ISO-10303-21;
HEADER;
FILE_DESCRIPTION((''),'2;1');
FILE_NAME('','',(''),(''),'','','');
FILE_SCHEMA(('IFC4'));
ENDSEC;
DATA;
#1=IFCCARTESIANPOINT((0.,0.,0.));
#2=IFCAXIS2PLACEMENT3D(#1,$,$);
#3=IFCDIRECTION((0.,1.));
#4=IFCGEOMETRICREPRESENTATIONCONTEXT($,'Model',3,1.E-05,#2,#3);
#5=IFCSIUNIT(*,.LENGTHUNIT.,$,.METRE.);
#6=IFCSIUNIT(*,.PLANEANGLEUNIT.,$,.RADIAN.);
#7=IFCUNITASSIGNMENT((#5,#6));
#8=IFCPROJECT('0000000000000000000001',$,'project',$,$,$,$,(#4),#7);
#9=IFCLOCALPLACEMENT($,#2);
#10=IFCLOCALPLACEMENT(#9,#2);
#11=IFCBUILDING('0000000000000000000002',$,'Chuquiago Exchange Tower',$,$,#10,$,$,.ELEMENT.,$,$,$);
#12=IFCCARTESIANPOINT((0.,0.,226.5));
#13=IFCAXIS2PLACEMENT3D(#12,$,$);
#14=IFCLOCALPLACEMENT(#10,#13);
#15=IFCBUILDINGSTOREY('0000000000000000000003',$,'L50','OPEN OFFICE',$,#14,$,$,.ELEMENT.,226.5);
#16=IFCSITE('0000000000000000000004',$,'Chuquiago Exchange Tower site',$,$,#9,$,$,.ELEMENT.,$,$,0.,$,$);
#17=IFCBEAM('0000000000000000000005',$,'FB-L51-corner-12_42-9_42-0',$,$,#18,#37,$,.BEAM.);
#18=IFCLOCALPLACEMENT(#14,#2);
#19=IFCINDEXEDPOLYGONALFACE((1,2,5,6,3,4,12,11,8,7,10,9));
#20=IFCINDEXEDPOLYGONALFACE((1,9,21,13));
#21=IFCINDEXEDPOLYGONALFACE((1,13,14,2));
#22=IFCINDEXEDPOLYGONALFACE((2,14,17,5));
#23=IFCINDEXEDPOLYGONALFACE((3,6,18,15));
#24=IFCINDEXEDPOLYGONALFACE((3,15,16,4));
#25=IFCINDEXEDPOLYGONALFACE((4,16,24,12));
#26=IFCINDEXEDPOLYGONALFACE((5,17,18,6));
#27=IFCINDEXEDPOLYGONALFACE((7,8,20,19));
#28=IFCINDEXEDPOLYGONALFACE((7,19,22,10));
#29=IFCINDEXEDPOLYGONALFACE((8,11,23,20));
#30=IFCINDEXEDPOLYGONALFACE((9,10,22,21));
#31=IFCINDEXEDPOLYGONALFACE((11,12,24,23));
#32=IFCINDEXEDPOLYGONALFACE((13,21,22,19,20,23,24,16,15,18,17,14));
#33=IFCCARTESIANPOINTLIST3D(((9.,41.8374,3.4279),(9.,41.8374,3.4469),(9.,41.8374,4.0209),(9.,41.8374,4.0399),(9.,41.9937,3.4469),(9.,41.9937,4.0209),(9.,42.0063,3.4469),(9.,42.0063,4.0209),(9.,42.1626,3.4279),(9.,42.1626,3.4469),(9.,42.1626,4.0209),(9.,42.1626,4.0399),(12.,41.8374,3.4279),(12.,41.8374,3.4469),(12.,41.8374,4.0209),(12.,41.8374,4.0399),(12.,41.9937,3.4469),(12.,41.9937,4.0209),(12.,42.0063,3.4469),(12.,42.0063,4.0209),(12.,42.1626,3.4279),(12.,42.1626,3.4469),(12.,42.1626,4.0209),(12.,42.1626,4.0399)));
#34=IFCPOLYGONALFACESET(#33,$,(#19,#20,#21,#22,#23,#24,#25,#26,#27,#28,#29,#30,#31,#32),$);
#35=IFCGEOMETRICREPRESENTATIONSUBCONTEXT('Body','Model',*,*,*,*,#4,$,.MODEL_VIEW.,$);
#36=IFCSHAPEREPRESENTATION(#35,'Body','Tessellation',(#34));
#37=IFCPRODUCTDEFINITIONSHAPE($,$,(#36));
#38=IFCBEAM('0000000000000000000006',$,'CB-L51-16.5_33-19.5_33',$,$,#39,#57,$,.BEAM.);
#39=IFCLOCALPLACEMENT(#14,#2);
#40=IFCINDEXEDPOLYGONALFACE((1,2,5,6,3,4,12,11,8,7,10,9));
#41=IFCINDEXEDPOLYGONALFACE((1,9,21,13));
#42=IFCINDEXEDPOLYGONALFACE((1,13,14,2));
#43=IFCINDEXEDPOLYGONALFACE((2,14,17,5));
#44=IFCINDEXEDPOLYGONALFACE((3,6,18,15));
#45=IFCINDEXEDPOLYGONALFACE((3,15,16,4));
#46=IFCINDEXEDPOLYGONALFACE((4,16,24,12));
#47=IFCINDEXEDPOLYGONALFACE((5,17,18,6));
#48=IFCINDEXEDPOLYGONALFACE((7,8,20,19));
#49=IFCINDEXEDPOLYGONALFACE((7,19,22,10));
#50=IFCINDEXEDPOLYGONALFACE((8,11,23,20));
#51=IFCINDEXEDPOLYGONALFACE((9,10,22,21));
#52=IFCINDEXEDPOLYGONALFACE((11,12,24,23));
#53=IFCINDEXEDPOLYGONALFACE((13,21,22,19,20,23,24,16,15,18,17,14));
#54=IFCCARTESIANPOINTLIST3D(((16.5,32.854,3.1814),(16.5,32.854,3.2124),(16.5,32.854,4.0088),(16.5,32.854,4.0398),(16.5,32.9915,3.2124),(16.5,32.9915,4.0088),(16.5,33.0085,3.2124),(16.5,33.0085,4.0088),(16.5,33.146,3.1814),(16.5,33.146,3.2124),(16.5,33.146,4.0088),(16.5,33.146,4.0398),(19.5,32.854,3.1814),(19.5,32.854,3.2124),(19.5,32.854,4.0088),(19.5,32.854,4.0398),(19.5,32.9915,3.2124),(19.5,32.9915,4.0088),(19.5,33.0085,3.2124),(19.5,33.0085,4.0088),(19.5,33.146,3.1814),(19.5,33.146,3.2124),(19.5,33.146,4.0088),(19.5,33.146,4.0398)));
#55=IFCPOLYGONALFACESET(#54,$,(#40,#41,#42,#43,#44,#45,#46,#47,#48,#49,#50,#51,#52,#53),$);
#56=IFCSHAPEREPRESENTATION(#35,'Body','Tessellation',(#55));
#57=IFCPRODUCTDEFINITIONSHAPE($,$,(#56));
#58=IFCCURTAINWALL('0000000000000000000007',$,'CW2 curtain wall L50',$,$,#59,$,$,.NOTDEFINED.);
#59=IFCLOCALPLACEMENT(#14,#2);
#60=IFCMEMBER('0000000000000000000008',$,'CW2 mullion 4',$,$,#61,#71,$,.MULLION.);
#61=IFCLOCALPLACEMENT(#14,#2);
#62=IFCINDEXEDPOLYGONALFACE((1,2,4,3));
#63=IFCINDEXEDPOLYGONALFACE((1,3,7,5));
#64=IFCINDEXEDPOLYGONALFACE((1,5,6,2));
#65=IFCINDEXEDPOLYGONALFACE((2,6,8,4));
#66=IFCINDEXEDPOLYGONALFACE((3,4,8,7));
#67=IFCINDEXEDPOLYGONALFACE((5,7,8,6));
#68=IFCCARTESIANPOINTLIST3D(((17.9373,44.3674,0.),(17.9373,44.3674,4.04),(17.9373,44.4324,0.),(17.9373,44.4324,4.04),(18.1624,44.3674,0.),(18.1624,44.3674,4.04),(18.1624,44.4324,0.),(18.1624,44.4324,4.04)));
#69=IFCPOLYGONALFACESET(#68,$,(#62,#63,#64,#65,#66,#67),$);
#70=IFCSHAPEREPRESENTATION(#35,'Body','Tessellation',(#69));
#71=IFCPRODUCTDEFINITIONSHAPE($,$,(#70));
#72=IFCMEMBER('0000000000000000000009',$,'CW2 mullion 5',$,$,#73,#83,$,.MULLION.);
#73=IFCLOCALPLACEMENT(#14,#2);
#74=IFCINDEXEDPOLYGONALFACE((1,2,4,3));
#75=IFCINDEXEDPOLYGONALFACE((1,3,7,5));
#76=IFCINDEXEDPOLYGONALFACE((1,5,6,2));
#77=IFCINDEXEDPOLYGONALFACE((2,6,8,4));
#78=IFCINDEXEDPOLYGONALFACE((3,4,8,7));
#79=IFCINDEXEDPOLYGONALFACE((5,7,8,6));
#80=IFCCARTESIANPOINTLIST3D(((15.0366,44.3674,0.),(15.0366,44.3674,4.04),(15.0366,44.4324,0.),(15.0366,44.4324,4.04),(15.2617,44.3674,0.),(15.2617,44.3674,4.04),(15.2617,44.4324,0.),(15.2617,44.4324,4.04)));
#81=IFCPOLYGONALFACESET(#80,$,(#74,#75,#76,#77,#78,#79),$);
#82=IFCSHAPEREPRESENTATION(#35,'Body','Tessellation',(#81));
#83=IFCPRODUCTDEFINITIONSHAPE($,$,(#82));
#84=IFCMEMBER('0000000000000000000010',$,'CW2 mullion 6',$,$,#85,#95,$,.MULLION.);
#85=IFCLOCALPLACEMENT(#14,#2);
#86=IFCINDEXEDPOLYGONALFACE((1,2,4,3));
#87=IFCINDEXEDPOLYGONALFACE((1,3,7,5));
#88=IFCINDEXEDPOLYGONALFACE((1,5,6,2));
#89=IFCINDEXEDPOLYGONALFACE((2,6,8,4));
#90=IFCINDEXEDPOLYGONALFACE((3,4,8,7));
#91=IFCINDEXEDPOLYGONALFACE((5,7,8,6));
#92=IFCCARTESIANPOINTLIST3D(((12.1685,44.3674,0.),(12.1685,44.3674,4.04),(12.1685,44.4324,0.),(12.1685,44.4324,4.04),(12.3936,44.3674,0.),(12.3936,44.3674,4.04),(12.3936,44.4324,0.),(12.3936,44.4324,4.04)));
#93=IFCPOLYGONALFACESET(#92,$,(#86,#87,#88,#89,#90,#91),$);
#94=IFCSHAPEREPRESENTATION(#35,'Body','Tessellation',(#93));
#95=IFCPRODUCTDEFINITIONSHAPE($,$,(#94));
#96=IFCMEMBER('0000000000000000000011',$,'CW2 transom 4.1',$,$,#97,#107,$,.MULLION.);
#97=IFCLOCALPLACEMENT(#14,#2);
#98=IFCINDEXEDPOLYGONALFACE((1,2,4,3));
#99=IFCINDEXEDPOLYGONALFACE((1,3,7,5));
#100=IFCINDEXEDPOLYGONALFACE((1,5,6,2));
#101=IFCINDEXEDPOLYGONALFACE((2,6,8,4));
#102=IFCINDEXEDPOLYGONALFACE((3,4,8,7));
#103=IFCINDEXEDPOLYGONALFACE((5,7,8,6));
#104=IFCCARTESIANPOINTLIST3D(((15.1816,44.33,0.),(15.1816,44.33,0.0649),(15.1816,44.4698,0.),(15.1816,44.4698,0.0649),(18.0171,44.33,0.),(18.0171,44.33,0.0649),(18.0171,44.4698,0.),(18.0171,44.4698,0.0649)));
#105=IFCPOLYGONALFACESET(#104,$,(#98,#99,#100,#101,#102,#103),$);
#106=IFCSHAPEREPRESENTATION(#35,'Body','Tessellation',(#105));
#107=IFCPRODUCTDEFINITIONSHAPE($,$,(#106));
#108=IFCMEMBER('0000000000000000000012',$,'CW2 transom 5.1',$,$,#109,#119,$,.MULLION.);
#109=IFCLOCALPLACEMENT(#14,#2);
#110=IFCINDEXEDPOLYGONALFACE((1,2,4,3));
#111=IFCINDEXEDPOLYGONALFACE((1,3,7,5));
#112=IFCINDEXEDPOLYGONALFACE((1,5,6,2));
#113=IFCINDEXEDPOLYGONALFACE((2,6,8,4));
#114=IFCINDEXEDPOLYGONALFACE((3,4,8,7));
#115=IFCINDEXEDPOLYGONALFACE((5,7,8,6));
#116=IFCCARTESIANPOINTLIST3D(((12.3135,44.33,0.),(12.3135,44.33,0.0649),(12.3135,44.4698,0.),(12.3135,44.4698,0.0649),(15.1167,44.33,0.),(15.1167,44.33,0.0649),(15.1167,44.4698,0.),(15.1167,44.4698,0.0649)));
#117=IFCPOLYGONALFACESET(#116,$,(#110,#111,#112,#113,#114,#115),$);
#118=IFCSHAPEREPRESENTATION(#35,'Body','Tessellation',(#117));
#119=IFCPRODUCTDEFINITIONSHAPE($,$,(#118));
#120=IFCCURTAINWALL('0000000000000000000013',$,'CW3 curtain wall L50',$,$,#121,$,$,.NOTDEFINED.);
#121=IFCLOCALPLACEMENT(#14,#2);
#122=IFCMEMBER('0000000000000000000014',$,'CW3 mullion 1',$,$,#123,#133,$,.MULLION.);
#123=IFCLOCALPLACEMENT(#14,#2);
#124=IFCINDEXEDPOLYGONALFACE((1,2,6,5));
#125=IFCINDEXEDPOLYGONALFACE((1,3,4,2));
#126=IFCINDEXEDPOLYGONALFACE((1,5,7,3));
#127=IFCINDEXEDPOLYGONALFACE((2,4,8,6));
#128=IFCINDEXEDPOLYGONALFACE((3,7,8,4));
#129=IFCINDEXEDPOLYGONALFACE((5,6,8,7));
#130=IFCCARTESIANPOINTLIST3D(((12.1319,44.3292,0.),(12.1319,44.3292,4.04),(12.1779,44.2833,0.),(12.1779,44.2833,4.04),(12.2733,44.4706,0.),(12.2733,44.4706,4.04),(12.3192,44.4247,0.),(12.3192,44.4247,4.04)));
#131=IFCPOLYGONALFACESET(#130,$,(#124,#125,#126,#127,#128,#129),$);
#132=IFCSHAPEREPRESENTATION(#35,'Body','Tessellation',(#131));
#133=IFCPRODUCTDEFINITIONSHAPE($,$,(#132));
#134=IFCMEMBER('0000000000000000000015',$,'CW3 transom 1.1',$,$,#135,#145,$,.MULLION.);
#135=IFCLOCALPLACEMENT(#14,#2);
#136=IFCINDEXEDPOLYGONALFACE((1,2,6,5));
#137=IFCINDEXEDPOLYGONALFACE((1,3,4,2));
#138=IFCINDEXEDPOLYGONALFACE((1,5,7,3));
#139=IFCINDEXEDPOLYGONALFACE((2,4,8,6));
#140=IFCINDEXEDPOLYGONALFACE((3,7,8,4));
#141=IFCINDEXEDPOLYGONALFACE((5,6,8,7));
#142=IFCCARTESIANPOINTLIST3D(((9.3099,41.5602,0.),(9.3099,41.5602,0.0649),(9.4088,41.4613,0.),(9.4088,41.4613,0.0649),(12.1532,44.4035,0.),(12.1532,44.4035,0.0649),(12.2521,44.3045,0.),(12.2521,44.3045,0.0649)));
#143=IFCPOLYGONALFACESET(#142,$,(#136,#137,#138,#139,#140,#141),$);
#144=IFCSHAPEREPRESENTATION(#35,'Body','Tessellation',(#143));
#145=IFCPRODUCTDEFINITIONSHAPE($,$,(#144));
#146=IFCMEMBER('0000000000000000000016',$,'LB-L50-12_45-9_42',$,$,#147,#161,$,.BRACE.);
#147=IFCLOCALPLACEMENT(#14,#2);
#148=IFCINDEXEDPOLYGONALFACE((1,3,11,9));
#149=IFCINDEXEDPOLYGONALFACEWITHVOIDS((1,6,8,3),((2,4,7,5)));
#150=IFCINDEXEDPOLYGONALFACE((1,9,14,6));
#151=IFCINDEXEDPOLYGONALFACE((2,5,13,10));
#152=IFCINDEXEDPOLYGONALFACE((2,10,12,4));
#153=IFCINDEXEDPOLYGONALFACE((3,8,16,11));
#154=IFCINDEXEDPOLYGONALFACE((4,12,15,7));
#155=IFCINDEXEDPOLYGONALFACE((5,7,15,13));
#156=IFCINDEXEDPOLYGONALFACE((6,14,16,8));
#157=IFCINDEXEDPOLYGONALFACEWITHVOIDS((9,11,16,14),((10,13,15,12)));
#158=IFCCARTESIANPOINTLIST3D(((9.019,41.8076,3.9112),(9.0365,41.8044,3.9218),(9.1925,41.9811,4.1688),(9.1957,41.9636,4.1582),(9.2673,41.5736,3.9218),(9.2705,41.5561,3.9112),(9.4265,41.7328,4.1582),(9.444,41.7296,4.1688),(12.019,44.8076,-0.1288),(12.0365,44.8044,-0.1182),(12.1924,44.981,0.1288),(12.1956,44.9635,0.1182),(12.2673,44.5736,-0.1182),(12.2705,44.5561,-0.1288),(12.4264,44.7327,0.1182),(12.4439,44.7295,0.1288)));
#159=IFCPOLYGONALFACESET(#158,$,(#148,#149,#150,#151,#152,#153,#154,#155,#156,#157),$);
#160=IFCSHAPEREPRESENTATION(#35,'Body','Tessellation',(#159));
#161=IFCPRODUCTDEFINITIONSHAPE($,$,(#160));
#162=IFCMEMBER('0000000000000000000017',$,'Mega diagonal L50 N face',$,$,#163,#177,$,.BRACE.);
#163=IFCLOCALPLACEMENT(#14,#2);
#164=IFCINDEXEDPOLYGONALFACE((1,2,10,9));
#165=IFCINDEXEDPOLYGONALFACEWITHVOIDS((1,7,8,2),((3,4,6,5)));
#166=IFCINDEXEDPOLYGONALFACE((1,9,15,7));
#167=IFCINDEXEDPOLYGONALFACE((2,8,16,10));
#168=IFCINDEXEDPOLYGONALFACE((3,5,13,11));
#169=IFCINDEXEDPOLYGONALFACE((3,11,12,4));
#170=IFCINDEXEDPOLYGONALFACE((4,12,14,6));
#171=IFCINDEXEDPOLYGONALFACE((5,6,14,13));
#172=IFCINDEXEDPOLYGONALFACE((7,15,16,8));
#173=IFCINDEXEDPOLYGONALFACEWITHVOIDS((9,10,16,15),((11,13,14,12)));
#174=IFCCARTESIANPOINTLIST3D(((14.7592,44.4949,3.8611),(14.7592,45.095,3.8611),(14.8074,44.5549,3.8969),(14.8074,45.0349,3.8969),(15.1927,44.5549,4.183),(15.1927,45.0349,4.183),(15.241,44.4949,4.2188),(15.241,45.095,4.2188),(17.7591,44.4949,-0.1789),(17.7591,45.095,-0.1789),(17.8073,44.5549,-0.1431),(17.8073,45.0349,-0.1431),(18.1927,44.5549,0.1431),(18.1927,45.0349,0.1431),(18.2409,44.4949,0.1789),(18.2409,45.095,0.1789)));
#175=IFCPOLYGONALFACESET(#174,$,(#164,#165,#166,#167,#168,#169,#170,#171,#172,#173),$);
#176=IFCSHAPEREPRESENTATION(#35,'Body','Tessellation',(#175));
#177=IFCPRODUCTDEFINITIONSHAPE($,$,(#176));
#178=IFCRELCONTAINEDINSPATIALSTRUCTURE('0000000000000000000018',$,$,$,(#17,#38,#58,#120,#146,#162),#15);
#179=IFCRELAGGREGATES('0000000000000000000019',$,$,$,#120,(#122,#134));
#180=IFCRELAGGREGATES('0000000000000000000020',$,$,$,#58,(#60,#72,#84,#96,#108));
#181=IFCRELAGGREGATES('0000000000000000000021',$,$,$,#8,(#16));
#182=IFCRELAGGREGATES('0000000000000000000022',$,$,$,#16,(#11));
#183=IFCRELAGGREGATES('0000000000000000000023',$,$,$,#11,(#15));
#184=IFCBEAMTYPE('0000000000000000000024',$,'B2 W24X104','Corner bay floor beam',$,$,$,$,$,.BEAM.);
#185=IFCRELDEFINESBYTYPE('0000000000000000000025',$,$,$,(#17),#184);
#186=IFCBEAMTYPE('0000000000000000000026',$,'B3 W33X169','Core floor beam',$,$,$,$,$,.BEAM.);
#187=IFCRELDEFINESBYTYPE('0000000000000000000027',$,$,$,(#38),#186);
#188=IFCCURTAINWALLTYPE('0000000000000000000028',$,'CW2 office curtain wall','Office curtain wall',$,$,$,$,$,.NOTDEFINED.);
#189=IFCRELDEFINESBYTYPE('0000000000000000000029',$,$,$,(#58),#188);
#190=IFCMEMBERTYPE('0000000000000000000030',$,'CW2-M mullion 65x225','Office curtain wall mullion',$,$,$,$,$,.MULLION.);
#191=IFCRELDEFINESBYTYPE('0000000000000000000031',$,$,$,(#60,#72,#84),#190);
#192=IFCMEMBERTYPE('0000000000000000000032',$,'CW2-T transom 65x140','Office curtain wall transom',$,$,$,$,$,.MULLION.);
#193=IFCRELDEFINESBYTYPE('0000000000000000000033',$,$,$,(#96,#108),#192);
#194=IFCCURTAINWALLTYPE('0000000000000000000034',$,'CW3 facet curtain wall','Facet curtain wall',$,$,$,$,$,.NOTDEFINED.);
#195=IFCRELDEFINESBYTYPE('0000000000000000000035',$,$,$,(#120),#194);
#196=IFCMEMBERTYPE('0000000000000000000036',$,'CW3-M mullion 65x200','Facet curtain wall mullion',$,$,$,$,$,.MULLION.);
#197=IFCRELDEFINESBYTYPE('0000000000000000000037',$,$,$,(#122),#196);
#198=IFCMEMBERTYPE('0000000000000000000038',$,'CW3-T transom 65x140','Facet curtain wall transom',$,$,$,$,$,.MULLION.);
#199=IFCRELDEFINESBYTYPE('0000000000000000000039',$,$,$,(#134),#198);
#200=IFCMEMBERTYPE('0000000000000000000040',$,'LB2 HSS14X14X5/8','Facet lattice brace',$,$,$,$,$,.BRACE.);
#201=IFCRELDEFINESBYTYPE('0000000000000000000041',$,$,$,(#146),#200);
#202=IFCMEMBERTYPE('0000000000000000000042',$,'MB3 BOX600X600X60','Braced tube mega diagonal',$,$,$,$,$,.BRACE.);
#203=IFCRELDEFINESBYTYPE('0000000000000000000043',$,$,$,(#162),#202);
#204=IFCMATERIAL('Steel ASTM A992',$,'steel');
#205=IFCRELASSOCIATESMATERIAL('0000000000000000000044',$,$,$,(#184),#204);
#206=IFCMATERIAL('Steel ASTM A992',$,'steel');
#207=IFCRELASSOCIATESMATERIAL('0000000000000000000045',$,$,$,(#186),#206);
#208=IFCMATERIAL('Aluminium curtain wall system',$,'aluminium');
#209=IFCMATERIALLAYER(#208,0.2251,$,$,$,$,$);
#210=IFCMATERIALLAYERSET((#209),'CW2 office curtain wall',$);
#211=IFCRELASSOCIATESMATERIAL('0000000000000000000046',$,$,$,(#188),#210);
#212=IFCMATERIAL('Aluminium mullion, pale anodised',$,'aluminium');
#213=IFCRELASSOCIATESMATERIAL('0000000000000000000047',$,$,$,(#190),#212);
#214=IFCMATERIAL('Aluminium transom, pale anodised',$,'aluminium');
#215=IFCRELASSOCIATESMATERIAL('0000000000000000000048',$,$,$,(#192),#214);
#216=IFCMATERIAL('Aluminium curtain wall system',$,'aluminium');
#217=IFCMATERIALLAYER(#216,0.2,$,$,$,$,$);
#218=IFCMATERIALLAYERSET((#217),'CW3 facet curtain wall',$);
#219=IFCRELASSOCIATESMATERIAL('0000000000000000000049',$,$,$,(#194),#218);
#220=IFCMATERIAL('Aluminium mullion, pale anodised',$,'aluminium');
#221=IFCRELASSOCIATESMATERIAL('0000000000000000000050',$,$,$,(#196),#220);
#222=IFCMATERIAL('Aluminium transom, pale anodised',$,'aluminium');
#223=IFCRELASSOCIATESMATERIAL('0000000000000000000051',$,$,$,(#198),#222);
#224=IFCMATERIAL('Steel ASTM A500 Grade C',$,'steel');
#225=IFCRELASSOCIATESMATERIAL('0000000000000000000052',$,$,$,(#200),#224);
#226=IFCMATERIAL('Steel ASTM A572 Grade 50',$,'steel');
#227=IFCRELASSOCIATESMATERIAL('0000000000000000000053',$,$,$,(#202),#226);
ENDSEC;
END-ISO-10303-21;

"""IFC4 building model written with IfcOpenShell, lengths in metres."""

from ifc_helpers import new_model, si_unit, direction, frame, origin, origin_2d, place, context, subcontext, project, spatial, rectangle, hollow_rectangle, i_section, extrude, material, layer, layer_set, material_profile, profile_set, type_object, element, aggregate, save


model = new_model("IFC4")

# Units and contexts
model_context = context("Model", 3, precision=1e-05, world=origin(), true_north=direction((0.0, 1.0)))
body_context = subcontext(model_context, "Body", "Model", "MODEL_VIEW")
ifc_project = project(units=[si_unit("LENGTHUNIT", "METRE"), si_unit("PLANEANGLEUNIT", "RADIAN")], contexts=[model_context])

# Site, building, storey
site_placement = place(None, origin())
site = spatial("IfcSite", under=ifc_project, at=site_placement, Name="Chuquiago Exchange Tower site", CompositionType="ELEMENT", RefElevation=0.0)
building_placement = place(site_placement, origin())
building = spatial("IfcBuilding", under=site, at=building_placement, Name="Chuquiago Exchange Tower", CompositionType="ELEMENT")
storey_placement = place(building_placement, frame((0.0, 0.0, 226.5)))
storey = spatial("IfcBuildingStorey", under=building, at=storey_placement, Name="L50", Description="OPEN OFFICE", CompositionType="ELEMENT", Elevation=226.5)

# Beams
ifc_material_1 = material(Name="Steel ASTM A992", Category="steel")
ifc_material_profile_1 = material_profile(ifc_material_1, i_section(OverallWidth=0.3252, OverallDepth=0.6121, WebThickness=0.0127, FlangeThickness=0.019, at=origin_2d()), Name="W24X104")
ifc_profile_set_1 = profile_set([ifc_material_profile_1], Name="Steel ASTM A992")
beam_type_1 = type_object("IfcBeamType", Name="B2 W24X104", Description="Corner bay floor beam", PredefinedType="BEAM", material=ifc_profile_set_1)
beam_1_placement = place(storey_placement, frame((12.0, 42.0, 3.7339), z_axis=(-1.0, 0.0, 0.0), x_axis=(0.0, -1.0, 0.0)))
element("IfcBeam", 1, at=beam_1_placement, inside=storey, type_object=beam_type_1, Name="FB-L51-corner-12_42-9_42-0", PredefinedType="BEAM", context=body_context, shape_type="SweptSolid", body=[
    extrude(i_section(OverallWidth=0.3252, OverallDepth=0.6121, WebThickness=0.0127, FlangeThickness=0.019, at=origin_2d()), origin(), (0.0, 0.0, 1.0), 3.0),
])
ifc_material_2 = material(Name="Steel ASTM A992", Category="steel")
ifc_material_profile_2 = material_profile(ifc_material_2, i_section(OverallWidth=0.292, OverallDepth=0.8584, WebThickness=0.0171, FlangeThickness=0.031, at=origin_2d()), Name="W33X169")
ifc_profile_set_2 = profile_set([ifc_material_profile_2], Name="Steel ASTM A992")
beam_type_2 = type_object("IfcBeamType", Name="B3 W33X169", Description="Core floor beam", PredefinedType="BEAM", material=ifc_profile_set_2)
beam_2_placement = place(storey_placement, frame((16.5, 33.0, 3.6106), z_axis=(1.0, 0.0, 0.0), x_axis=(0.0, 1.0, 0.0)))
element("IfcBeam", 2, at=beam_2_placement, inside=storey, type_object=beam_type_2, Name="CB-L51-16.5_33-19.5_33", PredefinedType="BEAM", context=body_context, shape_type="SweptSolid", body=[
    extrude(i_section(OverallWidth=0.292, OverallDepth=0.8584, WebThickness=0.0171, FlangeThickness=0.031, at=origin_2d()), origin(), (0.0, 0.0, 1.0), 3.0),
])

# Curtain walls, members
ifc_material_3 = material(Name="Aluminium curtain wall system", Category="aluminium")
ifc_layer_1 = layer(ifc_material_3, 0.2251)
ifc_layer_set_1 = layer_set([ifc_layer_1], Name="CW2 office curtain wall")
curtain_wall_type_1 = type_object("IfcCurtainWallType", Name="CW2 office curtain wall", Description="Office curtain wall", PredefinedType="NOTDEFINED", material=ifc_layer_set_1)
curtain_wall_1_placement = place(storey_placement, origin())
curtain_wall_1 = element("IfcCurtainWall", 3, at=curtain_wall_1_placement, inside=storey, type_object=curtain_wall_type_1, Name="CW2 curtain wall L50", PredefinedType="NOTDEFINED")
ifc_material_4 = material(Name="Aluminium mullion, pale anodised", Category="aluminium")
ifc_material_profile_3 = material_profile(ifc_material_4, rectangle(XDim=0.0649, YDim=0.2251, at=origin_2d()), Name="AL 65x225")
ifc_profile_set_3 = profile_set([ifc_material_profile_3], Name="Aluminium mullion, pale anodised")
member_type_1 = type_object("IfcMemberType", Name="CW2-M mullion 65x225", Description="Office curtain wall mullion", PredefinedType="MULLION", material=ifc_profile_set_3)
member_1_placement = place(storey_placement, frame((18.0498, 44.3999, 0.0), z_axis=(0.0, 0.0, 1.0), x_axis=(0.0, -1.0, 0.0)))
member_1 = element("IfcMember", 4, at=member_1_placement, type_object=member_type_1, Name="CW2 mullion 4", PredefinedType="MULLION", context=body_context, shape_type="SweptSolid", body=[
    extrude(rectangle(XDim=0.0649, YDim=0.2251, at=origin_2d()), origin(), (0.0, 0.0, 1.0), 4.04),
])
member_2_placement = place(storey_placement, frame((15.1492, 44.3999, 0.0), z_axis=(0.0, 0.0, 1.0), x_axis=(0.0, -1.0, 0.0)))
member_2 = element("IfcMember", 5, at=member_2_placement, type_object=member_type_1, Name="CW2 mullion 5", PredefinedType="MULLION", context=body_context, shape_type="SweptSolid", body=[
    extrude(rectangle(XDim=0.0649, YDim=0.2251, at=origin_2d()), origin(), (0.0, 0.0, 1.0), 4.04),
])
member_3_placement = place(storey_placement, frame((12.281, 44.3999, 0.0), z_axis=(0.0, 0.0, 1.0), x_axis=(0.0, -1.0, 0.0)))
member_3 = element("IfcMember", 6, at=member_3_placement, type_object=member_type_1, Name="CW2 mullion 6", PredefinedType="MULLION", context=body_context, shape_type="SweptSolid", body=[
    extrude(rectangle(XDim=0.0649, YDim=0.2251, at=origin_2d()), origin(), (0.0, 0.0, 1.0), 4.04),
])
ifc_material_5 = material(Name="Aluminium transom, pale anodised", Category="aluminium")
ifc_material_profile_4 = material_profile(ifc_material_5, rectangle(XDim=0.1399, YDim=0.0649, at=origin_2d()), Name="AL 140x65")
ifc_profile_set_4 = profile_set([ifc_material_profile_4], Name="Aluminium transom, pale anodised")
member_type_2 = type_object("IfcMemberType", Name="CW2-T transom 65x140", Description="Office curtain wall transom", PredefinedType="MULLION", material=ifc_profile_set_4)
member_4_placement = place(storey_placement, frame((18.0171, 44.3999, 0.0325), z_axis=(-1.0, 0.0, 0.0), x_axis=(0.0, -1.0, 0.0)))
member_4 = element("IfcMember", 7, at=member_4_placement, type_object=member_type_2, Name="CW2 transom 4.1", PredefinedType="MULLION", context=body_context, shape_type="SweptSolid", body=[
    extrude(rectangle(XDim=0.1399, YDim=0.0649, at=origin_2d()), origin(), (0.0, 0.0, 1.0), 2.8354),
])
member_5_placement = place(storey_placement, frame((15.1167, 44.3999, 0.0325), z_axis=(-1.0, 0.0, 0.0), x_axis=(0.0, -1.0, 0.0)))
member_5 = element("IfcMember", 8, at=member_5_placement, type_object=member_type_2, Name="CW2 transom 5.1", PredefinedType="MULLION", context=body_context, shape_type="SweptSolid", body=[
    extrude(rectangle(XDim=0.1399, YDim=0.0649, at=origin_2d()), origin(), (0.0, 0.0, 1.0), 2.8032),
])
ifc_material_6 = material(Name="Aluminium curtain wall system", Category="aluminium")
ifc_layer_2 = layer(ifc_material_6, 0.2)
ifc_layer_set_2 = layer_set([ifc_layer_2], Name="CW3 facet curtain wall")
curtain_wall_type_2 = type_object("IfcCurtainWallType", Name="CW3 facet curtain wall", Description="Facet curtain wall", PredefinedType="NOTDEFINED", material=ifc_layer_set_2)
curtain_wall_2_placement = place(storey_placement, origin())
curtain_wall_2 = element("IfcCurtainWall", 9, at=curtain_wall_2_placement, inside=storey, type_object=curtain_wall_type_2, Name="CW3 curtain wall L50", PredefinedType="NOTDEFINED")
ifc_material_7 = material(Name="Aluminium mullion, pale anodised", Category="aluminium")
ifc_material_profile_5 = material_profile(ifc_material_7, rectangle(XDim=0.0649, YDim=0.2, at=origin_2d()), Name="AL 65x200")
ifc_profile_set_5 = profile_set([ifc_material_profile_5], Name="Aluminium mullion, pale anodised")
member_type_3 = type_object("IfcMemberType", Name="CW3-M mullion 65x200", Description="Facet curtain wall mullion", PredefinedType="MULLION", material=ifc_profile_set_5)
member_6_placement = place(storey_placement, frame((12.2256, 44.377, 0.0), z_axis=(0.0, 0.0, 1.0), x_axis=(0.707107, -0.707107, 0.0)))
member_6 = element("IfcMember", 10, at=member_6_placement, type_object=member_type_3, Name="CW3 mullion 1", PredefinedType="MULLION", context=body_context, shape_type="SweptSolid", body=[
    extrude(rectangle(XDim=0.0649, YDim=0.2, at=origin_2d()), origin(), (0.0, 0.0, 1.0), 4.04),
])
ifc_material_8 = material(Name="Aluminium transom, pale anodised", Category="aluminium")
ifc_material_profile_6 = material_profile(ifc_material_8, rectangle(XDim=0.1399, YDim=0.0649, at=origin_2d()), Name="AL 140x65")
ifc_profile_set_6 = profile_set([ifc_material_profile_6], Name="Aluminium transom, pale anodised")
member_type_4 = type_object("IfcMemberType", Name="CW3-T transom 65x140", Description="Facet curtain wall transom", PredefinedType="MULLION", material=ifc_profile_set_6)
member_7_placement = place(storey_placement, frame((12.2026, 44.354, 0.0325), z_axis=(-0.707107, -0.707107, 0.0), x_axis=(0.707107, -0.707107, 0.0)))
member_7 = element("IfcMember", 11, at=member_7_placement, type_object=member_type_4, Name="CW3 transom 1.1", PredefinedType="MULLION", context=body_context, shape_type="SweptSolid", body=[
    extrude(rectangle(XDim=0.1399, YDim=0.0649, at=origin_2d()), origin(), (0.0, 0.0, 1.0), 4.021),
])
aggregate(curtain_wall_2, [member_6, member_7])

# Members
ifc_material_9 = material(Name="Steel ASTM A500 Grade C", Category="steel")
ifc_material_profile_7 = material_profile(ifc_material_9, hollow_rectangle(XDim=0.3557, YDim=0.3557, WallThickness=0.0146, at=origin_2d()), Name="HSS14X14X5/8")
ifc_profile_set_7 = profile_set([ifc_material_profile_7], Name="Steel ASTM A500 Grade C")
member_type_5 = type_object("IfcMemberType", Name="LB2 HSS14X14X5/8", Description="Facet lattice brace", PredefinedType="BRACE", material=ifc_profile_set_7)
member_8_placement = place(storey_placement, frame((12.2314, 44.7686, 0.0), z_axis=(-0.512077, -0.512077, 0.689604), x_axis=(0.707107, -0.707107, 0.0)))
element("IfcMember", 12, at=member_8_placement, inside=storey, type_object=member_type_5, Name="LB-L50-12_45-9_42", PredefinedType="BRACE", context=body_context, shape_type="SweptSolid", body=[
    extrude(hollow_rectangle(XDim=0.3557, YDim=0.3557, WallThickness=0.0146, at=origin_2d()), origin(), (0.0, 0.0, 1.0), 5.8584),
])
ifc_material_10 = material(Name="Steel ASTM A572 Grade 50", Category="steel")
ifc_material_profile_8 = material_profile(ifc_material_10, hollow_rectangle(XDim=0.6001, YDim=0.6001, WallThickness=0.0601, at=origin_2d()), Name="BOX600X600X60")
ifc_profile_set_8 = profile_set([ifc_material_profile_8], Name="Steel ASTM A572 Grade 50")
member_type_6 = type_object("IfcMemberType", Name="MB3 BOX600X600X60", Description="Braced tube mega diagonal", PredefinedType="BRACE", material=ifc_profile_set_8)
for number, where, z_axis, x_axis, name in (
    (13, (18.0, 44.7949, 0.0), (-0.596174, 0.0, 0.802855), (0.0, -1.0, 0.0), "Mega diagonal L50 N face"),
):
    element("IfcMember", number, at=place(storey_placement, frame(where, z_axis=z_axis, x_axis=x_axis)), inside=storey, type_object=member_type_6, Name=name, PredefinedType="BRACE", context=body_context, shape_type="SweptSolid", body=[
        extrude(hollow_rectangle(XDim=0.6001, YDim=0.6001, WallThickness=0.0601, at=origin_2d()), origin(), (0.0, 0.0, 1.0), 5.032),
    ])

aggregate(curtain_wall_1, [member_1, member_2, member_3, member_4, member_5])

save(model, "model.ifc")
